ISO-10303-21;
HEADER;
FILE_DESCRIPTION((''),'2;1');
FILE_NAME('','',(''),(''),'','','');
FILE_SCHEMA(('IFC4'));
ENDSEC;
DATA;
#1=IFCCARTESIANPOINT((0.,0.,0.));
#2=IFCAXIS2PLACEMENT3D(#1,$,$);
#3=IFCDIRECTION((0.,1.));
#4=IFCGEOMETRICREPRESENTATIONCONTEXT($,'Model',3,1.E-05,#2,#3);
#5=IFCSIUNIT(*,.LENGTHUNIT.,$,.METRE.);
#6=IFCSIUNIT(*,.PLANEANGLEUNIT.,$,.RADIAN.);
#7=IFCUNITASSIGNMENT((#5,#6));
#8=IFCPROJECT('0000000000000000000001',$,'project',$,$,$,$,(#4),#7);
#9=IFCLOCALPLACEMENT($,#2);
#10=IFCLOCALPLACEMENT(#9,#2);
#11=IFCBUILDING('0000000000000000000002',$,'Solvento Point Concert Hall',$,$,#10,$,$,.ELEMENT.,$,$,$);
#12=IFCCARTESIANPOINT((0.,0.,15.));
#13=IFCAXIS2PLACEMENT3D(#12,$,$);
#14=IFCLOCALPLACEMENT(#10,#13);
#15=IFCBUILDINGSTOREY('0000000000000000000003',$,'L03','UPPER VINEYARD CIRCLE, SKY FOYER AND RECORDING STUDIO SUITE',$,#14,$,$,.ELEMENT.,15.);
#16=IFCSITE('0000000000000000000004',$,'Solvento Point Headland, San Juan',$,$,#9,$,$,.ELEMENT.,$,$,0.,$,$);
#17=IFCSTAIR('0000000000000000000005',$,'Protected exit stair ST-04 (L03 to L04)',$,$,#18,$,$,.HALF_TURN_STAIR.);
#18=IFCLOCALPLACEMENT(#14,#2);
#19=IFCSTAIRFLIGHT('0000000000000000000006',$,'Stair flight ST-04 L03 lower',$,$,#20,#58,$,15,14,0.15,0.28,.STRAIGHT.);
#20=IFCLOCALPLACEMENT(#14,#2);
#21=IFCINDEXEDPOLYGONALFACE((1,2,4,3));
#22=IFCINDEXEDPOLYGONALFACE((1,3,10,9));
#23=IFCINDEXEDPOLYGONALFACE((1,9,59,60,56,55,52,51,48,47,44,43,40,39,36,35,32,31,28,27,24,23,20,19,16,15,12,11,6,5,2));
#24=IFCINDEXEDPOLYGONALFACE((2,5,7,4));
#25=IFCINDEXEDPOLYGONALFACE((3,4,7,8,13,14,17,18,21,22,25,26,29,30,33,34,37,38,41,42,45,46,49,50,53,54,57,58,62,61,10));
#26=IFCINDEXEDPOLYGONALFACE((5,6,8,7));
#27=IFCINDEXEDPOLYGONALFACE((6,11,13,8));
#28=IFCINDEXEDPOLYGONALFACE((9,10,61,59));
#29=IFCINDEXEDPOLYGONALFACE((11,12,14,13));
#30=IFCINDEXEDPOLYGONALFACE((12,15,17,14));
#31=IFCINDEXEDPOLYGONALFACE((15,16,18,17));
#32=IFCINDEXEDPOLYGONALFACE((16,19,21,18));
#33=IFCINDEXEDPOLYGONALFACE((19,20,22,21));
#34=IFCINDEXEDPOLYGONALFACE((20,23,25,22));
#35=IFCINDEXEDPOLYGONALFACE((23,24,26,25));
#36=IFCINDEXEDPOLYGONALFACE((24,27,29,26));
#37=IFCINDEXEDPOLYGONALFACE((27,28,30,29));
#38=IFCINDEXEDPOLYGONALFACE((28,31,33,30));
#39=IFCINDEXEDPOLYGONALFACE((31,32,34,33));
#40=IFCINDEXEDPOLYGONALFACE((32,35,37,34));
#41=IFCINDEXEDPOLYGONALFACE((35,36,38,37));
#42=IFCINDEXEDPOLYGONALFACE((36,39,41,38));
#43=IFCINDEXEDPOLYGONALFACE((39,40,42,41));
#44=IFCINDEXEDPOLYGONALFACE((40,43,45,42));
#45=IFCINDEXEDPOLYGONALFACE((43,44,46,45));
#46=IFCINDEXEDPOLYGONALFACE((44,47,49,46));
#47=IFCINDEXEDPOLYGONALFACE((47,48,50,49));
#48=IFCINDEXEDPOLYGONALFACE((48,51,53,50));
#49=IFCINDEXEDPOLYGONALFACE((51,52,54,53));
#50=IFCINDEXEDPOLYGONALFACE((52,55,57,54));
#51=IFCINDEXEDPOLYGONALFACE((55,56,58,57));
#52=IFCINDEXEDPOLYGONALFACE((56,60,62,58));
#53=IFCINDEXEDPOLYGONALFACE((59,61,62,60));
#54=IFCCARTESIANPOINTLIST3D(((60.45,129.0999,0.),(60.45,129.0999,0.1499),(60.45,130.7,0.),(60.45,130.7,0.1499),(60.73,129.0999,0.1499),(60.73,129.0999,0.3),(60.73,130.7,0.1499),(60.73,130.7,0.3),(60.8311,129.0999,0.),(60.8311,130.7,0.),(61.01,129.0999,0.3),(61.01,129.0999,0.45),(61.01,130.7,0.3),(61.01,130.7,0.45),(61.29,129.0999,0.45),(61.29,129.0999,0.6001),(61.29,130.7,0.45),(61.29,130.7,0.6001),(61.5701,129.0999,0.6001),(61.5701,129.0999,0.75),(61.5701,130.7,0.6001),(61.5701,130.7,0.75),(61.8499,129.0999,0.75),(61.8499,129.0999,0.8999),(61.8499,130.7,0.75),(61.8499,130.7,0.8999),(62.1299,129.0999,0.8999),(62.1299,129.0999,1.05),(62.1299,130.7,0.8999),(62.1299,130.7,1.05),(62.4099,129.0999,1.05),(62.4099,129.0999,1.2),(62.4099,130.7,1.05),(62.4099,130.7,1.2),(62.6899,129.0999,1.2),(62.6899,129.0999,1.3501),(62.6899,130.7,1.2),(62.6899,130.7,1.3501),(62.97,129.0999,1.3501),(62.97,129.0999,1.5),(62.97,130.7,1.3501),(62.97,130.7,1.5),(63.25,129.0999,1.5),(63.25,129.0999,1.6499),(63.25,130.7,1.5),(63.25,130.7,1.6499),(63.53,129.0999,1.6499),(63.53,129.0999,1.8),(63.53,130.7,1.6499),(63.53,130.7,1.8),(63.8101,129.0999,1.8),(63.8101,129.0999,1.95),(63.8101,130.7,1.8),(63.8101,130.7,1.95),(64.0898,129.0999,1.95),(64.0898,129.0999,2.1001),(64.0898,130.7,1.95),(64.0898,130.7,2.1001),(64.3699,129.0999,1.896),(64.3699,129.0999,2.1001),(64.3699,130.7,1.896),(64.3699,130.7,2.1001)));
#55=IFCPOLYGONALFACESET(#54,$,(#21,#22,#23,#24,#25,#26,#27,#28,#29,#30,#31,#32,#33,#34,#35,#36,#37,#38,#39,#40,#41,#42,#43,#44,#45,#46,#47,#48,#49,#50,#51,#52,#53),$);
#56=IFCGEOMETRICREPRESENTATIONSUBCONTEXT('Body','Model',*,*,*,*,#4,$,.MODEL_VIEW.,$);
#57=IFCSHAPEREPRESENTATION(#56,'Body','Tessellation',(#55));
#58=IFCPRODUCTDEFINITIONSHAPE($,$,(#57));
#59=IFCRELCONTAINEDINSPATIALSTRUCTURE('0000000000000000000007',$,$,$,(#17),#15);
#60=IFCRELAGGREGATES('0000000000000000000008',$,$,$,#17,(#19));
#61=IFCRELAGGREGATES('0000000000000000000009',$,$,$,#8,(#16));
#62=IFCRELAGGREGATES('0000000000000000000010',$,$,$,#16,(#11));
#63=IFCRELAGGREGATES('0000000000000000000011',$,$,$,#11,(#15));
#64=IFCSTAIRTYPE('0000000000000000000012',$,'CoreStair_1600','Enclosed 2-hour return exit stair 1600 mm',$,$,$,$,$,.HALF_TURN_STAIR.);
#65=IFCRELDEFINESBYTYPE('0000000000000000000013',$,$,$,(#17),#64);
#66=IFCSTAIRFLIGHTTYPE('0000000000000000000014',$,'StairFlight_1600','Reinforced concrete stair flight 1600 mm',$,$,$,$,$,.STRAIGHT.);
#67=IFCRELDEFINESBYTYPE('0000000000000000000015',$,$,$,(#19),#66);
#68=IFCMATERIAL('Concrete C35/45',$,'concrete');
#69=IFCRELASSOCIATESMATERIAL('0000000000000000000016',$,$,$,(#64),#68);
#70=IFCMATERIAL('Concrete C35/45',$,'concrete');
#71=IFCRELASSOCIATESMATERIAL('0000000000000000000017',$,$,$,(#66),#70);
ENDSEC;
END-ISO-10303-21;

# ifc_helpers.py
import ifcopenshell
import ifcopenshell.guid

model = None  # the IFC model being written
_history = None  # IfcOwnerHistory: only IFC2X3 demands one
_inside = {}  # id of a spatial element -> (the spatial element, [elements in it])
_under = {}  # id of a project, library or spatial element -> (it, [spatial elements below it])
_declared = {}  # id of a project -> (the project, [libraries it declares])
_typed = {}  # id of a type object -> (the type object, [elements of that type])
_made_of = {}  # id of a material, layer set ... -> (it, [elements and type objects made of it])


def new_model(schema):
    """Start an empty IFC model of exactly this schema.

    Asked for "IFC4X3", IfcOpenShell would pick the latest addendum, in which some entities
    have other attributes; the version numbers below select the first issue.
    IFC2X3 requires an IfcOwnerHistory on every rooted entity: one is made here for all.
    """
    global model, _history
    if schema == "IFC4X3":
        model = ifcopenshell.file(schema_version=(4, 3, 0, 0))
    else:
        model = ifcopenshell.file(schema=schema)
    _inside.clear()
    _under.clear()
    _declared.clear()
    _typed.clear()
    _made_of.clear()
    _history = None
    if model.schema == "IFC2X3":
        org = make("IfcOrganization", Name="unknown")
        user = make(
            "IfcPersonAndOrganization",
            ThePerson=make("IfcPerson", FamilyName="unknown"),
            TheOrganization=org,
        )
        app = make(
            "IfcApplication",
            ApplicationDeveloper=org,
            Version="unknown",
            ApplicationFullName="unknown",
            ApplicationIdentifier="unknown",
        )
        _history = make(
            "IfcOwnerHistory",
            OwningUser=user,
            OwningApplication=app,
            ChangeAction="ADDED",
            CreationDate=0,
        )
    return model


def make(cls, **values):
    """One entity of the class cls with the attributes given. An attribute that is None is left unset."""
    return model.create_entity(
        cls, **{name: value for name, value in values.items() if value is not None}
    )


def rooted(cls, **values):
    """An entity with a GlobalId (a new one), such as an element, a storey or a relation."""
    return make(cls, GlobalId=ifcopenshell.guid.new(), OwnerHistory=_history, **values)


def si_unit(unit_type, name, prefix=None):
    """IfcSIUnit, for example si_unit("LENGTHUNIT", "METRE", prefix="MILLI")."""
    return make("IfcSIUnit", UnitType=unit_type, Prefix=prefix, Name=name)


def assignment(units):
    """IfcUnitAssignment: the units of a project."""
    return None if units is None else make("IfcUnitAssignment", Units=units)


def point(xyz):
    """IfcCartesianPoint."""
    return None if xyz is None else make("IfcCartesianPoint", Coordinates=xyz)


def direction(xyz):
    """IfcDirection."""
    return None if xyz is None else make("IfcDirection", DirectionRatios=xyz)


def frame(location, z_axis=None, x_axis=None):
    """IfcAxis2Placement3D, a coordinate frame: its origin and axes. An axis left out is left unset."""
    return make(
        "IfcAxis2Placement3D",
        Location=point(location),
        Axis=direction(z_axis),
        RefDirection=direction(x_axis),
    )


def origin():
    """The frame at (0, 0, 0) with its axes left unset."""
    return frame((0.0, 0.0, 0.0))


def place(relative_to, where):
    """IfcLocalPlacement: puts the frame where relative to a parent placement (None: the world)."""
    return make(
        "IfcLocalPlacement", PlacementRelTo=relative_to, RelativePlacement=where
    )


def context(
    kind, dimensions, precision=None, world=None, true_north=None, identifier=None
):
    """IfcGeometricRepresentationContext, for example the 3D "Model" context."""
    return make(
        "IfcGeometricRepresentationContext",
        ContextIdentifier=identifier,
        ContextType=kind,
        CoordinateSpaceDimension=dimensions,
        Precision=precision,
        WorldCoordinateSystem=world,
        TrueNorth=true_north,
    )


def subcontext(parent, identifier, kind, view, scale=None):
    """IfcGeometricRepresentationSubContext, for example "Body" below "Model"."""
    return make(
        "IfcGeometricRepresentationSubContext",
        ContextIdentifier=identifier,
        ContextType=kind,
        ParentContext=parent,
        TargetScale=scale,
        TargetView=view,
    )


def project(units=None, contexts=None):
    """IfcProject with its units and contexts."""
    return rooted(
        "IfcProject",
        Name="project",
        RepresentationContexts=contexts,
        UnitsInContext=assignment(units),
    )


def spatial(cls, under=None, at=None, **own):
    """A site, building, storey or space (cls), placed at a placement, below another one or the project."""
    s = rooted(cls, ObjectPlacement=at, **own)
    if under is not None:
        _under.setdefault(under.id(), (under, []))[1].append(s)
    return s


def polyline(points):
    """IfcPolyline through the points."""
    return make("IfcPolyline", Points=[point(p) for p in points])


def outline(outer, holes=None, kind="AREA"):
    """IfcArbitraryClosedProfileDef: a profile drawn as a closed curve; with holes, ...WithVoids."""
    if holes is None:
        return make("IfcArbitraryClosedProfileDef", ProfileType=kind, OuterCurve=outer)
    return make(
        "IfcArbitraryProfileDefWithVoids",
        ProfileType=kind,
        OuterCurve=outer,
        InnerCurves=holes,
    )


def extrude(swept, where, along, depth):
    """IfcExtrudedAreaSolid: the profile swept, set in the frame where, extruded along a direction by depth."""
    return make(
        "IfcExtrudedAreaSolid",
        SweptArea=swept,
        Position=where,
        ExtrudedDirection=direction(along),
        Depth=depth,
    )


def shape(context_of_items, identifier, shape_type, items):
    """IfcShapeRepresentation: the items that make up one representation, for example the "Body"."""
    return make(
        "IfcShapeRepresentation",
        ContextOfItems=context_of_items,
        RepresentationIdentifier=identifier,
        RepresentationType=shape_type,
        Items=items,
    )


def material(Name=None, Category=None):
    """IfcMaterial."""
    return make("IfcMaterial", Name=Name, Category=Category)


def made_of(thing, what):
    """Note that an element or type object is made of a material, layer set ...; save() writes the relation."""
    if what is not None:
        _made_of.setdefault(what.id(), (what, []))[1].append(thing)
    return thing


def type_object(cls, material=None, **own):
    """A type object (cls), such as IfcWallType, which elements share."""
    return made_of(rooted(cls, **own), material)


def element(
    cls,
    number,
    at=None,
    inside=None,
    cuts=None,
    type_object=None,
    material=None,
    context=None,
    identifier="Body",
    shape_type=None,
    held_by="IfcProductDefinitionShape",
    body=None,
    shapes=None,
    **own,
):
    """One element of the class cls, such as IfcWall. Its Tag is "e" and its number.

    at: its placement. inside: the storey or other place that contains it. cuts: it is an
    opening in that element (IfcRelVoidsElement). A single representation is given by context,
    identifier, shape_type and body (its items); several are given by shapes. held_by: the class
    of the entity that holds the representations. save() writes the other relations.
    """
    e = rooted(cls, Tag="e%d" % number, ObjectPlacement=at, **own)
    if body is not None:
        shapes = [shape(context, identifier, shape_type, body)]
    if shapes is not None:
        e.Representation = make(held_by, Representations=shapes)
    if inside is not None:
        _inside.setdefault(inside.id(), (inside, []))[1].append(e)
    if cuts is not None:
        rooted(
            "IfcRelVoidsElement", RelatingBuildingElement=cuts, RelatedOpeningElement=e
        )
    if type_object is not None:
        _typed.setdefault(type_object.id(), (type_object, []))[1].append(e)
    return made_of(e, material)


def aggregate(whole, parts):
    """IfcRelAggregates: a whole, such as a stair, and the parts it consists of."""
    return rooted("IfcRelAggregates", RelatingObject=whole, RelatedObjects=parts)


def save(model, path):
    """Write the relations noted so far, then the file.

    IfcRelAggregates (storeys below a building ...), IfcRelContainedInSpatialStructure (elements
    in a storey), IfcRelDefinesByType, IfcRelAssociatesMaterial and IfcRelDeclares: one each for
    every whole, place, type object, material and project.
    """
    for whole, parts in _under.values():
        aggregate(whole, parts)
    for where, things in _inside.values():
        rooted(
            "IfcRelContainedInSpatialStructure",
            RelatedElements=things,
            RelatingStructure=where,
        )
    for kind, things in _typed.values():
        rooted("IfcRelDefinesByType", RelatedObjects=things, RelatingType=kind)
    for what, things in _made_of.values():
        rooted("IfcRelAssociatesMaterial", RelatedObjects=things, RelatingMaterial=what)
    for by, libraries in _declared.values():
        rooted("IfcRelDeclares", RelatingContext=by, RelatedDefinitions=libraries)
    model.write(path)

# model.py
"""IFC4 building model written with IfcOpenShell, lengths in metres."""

from ifc_helpers import new_model, si_unit, direction, frame, origin, place, context, subcontext, project, spatial, polyline, outline, extrude, material, type_object, element, aggregate, save


model = new_model("IFC4")

# Units and contexts
model_context = context("Model", 3, precision=1e-05, world=origin(), true_north=direction((0.0, 1.0)))
body_context = subcontext(model_context, "Body", "Model", "MODEL_VIEW")
ifc_project = project(units=[si_unit("LENGTHUNIT", "METRE"), si_unit("PLANEANGLEUNIT", "RADIAN")], contexts=[model_context])

# Site, building, storey
site_placement = place(None, origin())
site = spatial("IfcSite", under=ifc_project, at=site_placement, Name="Solvento Point Headland, San Juan", CompositionType="ELEMENT", RefElevation=0.0)
building_placement = place(site_placement, origin())
building = spatial("IfcBuilding", under=site, at=building_placement, Name="Solvento Point Concert Hall", CompositionType="ELEMENT")
storey_placement = place(building_placement, frame((0.0, 0.0, 15.0)))
storey = spatial("IfcBuildingStorey", under=building, at=storey_placement, Name="L03", Description="UPPER VINEYARD CIRCLE, SKY FOYER AND RECORDING STUDIO SUITE", CompositionType="ELEMENT", Elevation=15.0)

# Stair, stair flight
ifc_material_1 = material(Name="Concrete C35/45", Category="concrete")
stair_type = type_object("IfcStairType", Name="CoreStair_1600", Description="Enclosed 2-hour return exit stair 1600 mm", PredefinedType="HALF_TURN_STAIR", material=ifc_material_1)
stair_placement = place(storey_placement, origin())
stair = element("IfcStair", 1, at=stair_placement, inside=storey, type_object=stair_type, Name="Protected exit stair ST-04 (L03 to L04)", PredefinedType="HALF_TURN_STAIR")
ifc_material_2 = material(Name="Concrete C35/45", Category="concrete")
stair_flight_type = type_object("IfcStairFlightType", Name="StairFlight_1600", Description="Reinforced concrete stair flight 1600 mm", PredefinedType="STRAIGHT", material=ifc_material_2)
stair_flight_placement = place(storey_placement, frame((60.45, 129.8999, 0.0), z_axis=(0.0, 0.0, 1.0), x_axis=(1.0, 0.0, 0.0)))
stair_flight = element("IfcStairFlight", 2, at=stair_flight_placement, type_object=stair_flight_type, Name="Stair flight ST-04 L03 lower", NumberOfRisers=15, NumberOfTreads=14, PredefinedType="STRAIGHT", RiserHeight=0.15, TreadLength=0.28, context=body_context, shape_type="SweptSolid", body=[
    extrude(outline(polyline([(0.0, 0.0), (0.0, 0.1499), (0.28, 0.1499), (0.28, 0.3), (0.5601, 0.3), (0.5601, 0.45), (0.8401, 0.45), (0.8401, 0.6001), (1.1201, 0.6001), (1.1201, 0.75), (1.3999, 0.75), (1.3999, 0.8999), (1.6799, 0.8999), (1.6799, 1.05), (1.96, 1.05), (1.96, 1.2), (2.24, 1.2), (2.24, 1.3501), (2.52, 1.3501), (2.52, 1.5), (2.8, 1.5), (2.8, 1.6499), (3.0801, 1.6499), (3.0801, 1.8), (3.3601, 1.8), (3.3601, 1.95), (3.6399, 1.95), (3.6399, 2.1001), (3.9199, 2.1001), (3.9199, 2.25), (3.9199, 1.896), (0.3811, 0.0), (0.0, 0.0)])), frame((0.0, 0.8, 0.0), z_axis=(0.0, -1.0, 0.0), x_axis=(1.0, 0.0, 0.0)), (0.0, 0.0, 1.0), 1.6001),
])
aggregate(stair, [stair_flight])

save(model, "model.ifc")
